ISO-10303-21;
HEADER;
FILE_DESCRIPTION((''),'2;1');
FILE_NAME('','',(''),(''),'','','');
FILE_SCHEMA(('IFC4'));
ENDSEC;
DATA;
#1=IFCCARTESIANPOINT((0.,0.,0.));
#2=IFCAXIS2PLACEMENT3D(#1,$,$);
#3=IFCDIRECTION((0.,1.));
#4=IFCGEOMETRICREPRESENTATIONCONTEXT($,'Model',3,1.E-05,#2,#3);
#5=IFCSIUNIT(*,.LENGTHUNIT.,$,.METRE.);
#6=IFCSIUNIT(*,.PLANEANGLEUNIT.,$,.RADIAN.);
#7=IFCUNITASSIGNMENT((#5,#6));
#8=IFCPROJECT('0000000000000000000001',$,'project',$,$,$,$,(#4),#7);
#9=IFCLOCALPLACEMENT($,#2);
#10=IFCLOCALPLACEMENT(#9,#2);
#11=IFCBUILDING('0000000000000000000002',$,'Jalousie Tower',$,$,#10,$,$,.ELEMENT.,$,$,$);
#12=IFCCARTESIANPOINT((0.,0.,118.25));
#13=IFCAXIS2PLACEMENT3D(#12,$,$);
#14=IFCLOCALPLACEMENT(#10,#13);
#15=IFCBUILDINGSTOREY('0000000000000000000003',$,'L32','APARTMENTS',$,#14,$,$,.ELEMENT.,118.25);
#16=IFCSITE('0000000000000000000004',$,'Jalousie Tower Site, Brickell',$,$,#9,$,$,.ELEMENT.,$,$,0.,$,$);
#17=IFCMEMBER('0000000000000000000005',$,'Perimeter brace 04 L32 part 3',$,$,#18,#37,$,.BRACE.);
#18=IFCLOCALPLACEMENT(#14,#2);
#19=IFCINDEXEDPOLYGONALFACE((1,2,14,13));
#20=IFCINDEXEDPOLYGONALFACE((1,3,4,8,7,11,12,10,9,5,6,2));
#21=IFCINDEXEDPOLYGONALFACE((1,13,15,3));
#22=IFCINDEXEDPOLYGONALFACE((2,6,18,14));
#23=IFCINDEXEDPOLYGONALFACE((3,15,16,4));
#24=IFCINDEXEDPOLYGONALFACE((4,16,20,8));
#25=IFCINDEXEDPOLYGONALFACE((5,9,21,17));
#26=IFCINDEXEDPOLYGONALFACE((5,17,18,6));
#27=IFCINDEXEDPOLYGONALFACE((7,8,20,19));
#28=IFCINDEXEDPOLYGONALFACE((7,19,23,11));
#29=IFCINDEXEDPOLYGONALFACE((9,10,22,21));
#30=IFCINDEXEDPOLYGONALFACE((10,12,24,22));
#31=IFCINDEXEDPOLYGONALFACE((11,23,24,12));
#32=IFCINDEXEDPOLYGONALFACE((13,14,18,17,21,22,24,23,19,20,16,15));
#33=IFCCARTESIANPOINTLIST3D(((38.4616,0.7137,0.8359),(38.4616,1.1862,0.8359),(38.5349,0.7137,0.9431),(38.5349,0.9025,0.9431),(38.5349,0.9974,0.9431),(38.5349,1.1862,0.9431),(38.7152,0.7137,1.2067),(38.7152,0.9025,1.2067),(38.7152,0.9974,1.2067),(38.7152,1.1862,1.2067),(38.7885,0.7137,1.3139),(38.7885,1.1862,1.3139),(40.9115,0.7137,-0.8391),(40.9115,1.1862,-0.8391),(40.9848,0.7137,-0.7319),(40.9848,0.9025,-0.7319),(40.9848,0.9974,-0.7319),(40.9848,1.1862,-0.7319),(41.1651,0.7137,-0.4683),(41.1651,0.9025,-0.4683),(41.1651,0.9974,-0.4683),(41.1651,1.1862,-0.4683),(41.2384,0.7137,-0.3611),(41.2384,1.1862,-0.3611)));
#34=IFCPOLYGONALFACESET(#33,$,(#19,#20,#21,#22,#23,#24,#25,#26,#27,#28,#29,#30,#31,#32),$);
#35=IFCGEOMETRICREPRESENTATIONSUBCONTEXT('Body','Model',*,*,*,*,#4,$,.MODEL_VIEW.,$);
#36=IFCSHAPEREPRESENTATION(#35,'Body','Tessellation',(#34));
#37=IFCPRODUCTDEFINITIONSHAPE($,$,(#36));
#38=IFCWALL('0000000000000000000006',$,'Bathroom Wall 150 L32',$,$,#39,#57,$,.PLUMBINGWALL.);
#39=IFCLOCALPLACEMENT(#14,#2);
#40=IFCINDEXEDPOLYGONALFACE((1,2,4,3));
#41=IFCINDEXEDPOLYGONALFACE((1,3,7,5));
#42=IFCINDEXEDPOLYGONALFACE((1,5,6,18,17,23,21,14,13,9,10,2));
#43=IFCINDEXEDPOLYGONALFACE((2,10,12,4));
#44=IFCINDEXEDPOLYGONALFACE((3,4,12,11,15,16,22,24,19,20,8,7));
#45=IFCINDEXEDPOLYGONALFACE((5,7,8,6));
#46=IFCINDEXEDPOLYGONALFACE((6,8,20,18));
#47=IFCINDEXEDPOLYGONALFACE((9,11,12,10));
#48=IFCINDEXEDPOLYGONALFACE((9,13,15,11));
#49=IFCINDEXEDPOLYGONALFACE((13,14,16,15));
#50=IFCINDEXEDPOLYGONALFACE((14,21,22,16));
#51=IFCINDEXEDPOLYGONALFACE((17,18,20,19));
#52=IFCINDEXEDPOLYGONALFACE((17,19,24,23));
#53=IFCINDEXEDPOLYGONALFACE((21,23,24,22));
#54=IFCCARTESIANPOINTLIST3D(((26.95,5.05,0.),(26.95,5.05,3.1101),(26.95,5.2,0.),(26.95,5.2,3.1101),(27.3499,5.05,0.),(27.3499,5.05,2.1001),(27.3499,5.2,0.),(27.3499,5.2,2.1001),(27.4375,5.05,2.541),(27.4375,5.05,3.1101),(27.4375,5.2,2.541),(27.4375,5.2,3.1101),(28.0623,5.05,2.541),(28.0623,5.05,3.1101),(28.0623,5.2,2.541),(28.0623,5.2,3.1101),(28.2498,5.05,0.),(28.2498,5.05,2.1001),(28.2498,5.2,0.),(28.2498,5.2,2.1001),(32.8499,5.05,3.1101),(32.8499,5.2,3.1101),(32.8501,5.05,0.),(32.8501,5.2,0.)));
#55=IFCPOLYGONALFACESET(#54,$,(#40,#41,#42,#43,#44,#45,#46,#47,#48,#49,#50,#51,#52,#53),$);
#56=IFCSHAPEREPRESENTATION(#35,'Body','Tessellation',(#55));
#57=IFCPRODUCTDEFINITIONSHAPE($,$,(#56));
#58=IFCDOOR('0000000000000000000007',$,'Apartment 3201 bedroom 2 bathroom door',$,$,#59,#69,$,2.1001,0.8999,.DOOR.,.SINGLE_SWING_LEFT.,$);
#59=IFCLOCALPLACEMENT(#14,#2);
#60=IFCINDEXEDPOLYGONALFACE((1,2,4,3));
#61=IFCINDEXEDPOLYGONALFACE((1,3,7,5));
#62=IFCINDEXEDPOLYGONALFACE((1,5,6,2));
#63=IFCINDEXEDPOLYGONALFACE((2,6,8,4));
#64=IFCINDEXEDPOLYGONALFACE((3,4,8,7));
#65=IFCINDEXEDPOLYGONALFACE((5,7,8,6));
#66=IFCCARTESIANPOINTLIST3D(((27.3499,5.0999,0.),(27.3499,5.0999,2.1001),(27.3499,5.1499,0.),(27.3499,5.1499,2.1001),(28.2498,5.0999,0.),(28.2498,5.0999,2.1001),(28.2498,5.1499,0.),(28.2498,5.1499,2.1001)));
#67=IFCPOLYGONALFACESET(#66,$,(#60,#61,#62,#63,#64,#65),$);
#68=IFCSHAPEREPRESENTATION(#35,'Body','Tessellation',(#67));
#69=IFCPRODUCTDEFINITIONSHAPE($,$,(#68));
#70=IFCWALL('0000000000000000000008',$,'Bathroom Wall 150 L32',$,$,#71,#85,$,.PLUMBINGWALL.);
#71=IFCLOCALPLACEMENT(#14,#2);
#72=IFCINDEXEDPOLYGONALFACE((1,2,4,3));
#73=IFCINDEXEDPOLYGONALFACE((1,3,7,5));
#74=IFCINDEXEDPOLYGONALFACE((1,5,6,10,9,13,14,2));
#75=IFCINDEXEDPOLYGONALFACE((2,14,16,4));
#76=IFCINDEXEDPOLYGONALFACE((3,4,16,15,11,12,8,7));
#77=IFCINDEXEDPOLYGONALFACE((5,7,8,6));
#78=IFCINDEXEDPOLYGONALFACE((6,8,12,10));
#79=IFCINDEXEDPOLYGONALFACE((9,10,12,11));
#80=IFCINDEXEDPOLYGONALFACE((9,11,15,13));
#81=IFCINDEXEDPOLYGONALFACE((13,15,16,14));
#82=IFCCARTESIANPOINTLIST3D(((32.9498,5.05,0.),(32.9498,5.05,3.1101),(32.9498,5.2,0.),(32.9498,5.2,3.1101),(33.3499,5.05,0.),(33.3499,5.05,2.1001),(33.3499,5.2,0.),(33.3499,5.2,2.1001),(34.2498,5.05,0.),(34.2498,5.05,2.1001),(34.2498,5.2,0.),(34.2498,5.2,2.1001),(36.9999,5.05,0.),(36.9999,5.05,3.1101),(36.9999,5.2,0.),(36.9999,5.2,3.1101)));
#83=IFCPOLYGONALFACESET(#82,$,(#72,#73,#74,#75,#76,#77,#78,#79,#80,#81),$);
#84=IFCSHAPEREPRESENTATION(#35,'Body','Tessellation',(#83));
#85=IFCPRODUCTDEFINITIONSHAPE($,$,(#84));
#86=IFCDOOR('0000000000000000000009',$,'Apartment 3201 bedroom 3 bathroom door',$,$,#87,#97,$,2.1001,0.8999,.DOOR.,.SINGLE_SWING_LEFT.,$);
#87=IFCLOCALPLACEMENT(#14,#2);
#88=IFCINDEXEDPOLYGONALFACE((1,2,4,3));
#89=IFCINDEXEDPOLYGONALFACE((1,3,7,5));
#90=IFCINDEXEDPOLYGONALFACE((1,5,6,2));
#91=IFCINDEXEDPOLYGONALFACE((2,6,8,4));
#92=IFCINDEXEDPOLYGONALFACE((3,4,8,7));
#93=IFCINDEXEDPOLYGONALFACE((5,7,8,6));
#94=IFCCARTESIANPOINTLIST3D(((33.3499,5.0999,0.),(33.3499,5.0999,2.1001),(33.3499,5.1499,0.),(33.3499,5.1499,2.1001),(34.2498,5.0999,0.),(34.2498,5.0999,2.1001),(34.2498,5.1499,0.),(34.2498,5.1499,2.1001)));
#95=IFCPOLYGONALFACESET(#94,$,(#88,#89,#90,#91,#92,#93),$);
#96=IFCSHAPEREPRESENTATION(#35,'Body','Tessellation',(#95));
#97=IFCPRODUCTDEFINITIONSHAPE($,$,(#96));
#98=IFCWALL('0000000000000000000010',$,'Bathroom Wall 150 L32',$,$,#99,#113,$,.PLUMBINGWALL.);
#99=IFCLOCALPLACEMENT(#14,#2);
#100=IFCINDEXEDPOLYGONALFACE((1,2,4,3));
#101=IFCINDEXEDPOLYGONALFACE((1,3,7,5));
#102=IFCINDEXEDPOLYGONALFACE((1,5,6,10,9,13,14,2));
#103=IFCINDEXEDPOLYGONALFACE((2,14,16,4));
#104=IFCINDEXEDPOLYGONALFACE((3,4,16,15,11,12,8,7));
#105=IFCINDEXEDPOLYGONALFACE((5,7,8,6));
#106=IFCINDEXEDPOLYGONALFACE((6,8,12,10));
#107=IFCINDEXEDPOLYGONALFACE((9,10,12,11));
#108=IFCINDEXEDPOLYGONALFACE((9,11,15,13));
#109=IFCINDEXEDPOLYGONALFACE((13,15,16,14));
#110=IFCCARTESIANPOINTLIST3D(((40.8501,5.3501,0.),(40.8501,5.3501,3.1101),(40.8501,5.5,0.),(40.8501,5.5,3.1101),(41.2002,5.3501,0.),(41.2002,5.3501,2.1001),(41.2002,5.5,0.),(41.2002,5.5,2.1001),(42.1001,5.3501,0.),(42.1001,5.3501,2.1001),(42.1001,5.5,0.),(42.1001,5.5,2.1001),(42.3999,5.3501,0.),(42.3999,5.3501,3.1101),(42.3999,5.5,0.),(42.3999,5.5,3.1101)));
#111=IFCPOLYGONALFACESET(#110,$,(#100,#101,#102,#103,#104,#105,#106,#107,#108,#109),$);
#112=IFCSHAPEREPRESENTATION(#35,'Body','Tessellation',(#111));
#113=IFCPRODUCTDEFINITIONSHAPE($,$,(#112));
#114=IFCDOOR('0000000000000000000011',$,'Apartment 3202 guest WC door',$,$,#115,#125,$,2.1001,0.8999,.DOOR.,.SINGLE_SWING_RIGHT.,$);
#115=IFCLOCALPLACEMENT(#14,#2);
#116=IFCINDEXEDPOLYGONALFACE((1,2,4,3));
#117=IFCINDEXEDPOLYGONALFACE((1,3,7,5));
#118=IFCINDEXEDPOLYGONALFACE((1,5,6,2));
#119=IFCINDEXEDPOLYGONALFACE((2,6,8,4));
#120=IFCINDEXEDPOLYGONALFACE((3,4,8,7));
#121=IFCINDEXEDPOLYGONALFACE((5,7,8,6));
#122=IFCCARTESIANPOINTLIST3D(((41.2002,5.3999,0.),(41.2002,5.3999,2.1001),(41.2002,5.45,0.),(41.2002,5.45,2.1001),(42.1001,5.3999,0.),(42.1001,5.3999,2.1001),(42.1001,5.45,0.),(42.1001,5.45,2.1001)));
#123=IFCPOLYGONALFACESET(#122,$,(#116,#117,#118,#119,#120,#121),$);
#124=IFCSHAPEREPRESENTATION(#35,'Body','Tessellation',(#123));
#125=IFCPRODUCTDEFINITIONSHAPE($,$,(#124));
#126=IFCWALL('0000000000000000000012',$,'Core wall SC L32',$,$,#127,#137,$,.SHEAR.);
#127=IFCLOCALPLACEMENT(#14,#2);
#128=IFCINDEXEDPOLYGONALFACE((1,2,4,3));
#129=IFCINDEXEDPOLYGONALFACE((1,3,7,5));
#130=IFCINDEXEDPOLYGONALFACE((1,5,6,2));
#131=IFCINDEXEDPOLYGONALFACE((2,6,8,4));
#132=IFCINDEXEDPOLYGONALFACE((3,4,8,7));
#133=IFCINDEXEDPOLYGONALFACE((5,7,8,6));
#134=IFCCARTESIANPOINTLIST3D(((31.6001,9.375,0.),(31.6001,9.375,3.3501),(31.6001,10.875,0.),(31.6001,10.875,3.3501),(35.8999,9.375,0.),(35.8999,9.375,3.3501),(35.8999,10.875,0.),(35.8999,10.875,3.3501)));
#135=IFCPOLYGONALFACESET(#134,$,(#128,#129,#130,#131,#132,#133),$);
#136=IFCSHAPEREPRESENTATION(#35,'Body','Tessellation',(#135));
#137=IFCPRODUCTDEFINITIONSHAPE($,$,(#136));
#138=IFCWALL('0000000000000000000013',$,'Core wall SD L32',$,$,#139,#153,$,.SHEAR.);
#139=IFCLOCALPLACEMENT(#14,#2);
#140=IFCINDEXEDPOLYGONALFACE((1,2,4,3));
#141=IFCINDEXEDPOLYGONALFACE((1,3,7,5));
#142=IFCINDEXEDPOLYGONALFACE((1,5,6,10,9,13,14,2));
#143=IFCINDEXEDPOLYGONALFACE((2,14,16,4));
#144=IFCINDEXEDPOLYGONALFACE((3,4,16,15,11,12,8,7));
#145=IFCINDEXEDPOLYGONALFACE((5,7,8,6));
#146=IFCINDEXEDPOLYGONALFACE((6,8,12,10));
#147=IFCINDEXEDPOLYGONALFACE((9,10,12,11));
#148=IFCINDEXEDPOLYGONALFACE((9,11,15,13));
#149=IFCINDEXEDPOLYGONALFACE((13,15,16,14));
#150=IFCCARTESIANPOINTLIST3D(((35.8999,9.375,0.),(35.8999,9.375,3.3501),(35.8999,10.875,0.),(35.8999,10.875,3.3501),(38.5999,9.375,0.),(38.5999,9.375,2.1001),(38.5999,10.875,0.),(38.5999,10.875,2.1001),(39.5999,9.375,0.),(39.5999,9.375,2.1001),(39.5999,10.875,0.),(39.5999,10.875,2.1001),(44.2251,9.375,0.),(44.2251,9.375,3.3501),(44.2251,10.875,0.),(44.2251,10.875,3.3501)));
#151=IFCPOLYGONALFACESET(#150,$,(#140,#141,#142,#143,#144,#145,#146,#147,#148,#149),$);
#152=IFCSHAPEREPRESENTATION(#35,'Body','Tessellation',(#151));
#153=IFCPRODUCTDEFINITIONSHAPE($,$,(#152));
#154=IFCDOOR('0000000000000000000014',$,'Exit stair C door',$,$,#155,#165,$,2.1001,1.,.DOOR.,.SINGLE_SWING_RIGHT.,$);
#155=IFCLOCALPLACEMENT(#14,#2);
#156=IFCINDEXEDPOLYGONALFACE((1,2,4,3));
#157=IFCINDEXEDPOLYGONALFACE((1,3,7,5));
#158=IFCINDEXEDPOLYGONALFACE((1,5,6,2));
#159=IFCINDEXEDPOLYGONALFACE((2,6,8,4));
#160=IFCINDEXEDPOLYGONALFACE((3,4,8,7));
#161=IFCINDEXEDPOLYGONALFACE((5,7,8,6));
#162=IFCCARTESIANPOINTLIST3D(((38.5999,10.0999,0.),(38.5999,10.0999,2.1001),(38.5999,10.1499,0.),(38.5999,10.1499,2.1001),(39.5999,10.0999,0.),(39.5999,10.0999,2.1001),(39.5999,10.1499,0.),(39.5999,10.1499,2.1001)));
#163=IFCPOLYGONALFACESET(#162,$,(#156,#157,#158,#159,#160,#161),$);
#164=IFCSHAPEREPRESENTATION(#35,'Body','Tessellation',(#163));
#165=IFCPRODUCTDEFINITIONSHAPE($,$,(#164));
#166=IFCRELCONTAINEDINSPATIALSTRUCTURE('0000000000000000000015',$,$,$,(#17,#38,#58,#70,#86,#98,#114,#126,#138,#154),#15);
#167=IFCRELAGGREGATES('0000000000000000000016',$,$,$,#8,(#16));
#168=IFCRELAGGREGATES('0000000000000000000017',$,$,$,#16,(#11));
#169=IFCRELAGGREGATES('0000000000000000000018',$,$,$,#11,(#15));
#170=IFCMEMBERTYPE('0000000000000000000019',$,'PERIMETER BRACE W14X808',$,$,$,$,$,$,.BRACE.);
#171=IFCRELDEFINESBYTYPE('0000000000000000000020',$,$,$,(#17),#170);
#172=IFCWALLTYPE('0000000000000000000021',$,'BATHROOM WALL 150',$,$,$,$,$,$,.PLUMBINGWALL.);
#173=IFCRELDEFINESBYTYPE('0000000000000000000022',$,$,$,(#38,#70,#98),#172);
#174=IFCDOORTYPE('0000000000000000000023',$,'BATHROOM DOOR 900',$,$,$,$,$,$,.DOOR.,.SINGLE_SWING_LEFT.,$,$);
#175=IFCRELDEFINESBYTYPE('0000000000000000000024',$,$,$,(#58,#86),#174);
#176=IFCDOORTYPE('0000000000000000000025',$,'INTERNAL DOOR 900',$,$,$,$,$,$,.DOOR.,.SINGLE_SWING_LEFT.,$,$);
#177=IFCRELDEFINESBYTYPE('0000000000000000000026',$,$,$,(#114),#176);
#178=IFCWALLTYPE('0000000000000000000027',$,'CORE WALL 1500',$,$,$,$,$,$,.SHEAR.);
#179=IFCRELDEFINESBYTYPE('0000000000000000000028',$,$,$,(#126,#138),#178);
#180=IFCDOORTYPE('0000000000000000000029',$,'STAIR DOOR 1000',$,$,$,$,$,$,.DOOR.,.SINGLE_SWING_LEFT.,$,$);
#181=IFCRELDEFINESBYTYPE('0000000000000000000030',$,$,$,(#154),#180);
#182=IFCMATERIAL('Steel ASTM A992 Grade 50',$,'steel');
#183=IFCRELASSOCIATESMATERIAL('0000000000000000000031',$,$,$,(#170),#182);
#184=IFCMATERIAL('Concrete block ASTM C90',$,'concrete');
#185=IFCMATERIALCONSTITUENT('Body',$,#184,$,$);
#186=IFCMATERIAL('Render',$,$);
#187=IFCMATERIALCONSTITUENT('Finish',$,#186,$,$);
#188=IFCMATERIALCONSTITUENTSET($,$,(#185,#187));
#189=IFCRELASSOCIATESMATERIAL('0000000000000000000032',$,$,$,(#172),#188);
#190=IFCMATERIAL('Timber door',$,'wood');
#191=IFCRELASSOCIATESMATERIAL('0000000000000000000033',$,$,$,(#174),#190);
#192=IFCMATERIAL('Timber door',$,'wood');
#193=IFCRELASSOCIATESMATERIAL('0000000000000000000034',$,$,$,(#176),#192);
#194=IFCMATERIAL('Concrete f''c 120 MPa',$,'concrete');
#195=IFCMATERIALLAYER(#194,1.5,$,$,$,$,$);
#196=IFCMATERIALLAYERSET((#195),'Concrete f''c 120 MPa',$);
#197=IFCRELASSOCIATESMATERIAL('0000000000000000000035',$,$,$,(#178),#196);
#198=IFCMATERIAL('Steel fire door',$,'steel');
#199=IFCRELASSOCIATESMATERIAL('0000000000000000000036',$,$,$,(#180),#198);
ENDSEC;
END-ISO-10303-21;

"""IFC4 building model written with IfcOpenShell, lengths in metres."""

from ifc_helpers import new_model, si_unit, direction, frame, frame_2d, origin, origin_2d, place, context, subcontext, project, spatial, polyline, rectangle, i_section, outline, extrude, material, layer, layer_set, constituent, constituent_set, material_profile, profile_set, type_object, element, fill, save


model = new_model("IFC4")

# Units and contexts
model_context = context("Model", 3, precision=1e-05, world=origin(), true_north=direction((0.0, 1.0)))
body_context = subcontext(model_context, "Body", "Model", "MODEL_VIEW")
ifc_project = project(units=[si_unit("LENGTHUNIT", "METRE"), si_unit("PLANEANGLEUNIT", "RADIAN")], contexts=[model_context])

# Site, building, storey
site_placement = place(None, origin())
site = spatial("IfcSite", under=ifc_project, at=site_placement, Name="Jalousie Tower Site, Brickell", CompositionType="ELEMENT", RefElevation=0.0)
building_placement = place(site_placement, origin())
building = spatial("IfcBuilding", under=site, at=building_placement, Name="Jalousie Tower", CompositionType="ELEMENT")
storey_placement = place(building_placement, frame((0.0, 0.0, 118.25)))
storey = spatial("IfcBuildingStorey", under=building, at=storey_placement, Name="L32", Description="APARTMENTS", CompositionType="ELEMENT", Elevation=118.25)

# Member
ifc_material_1 = material(Name="Steel ASTM A992 Grade 50", Category="steel")
ifc_material_profile = material_profile(ifc_material_1, i_section(OverallWidth=0.4724, OverallDepth=0.5791, WebThickness=0.095, FlangeThickness=0.1299, at=origin_2d()), Name="W14X808")
ifc_profile_set = profile_set([ifc_material_profile], Name="Steel ASTM A992 Grade 50")
member_type = type_object("IfcMemberType", Name="PERIMETER BRACE W14X808", PredefinedType="BRACE", material=ifc_profile_set)
member_placement = place(storey_placement, frame((41.075, 0.95, -0.6001), z_axis=(-0.825501, 0.0, 0.564401), x_axis=(0.0, -1.0, 0.0)))
element("IfcMember", 1, at=member_placement, inside=storey, type_object=member_type, Name="Perimeter brace 04 L32 part 3", PredefinedType="BRACE", context=body_context, shape_type="SweptSolid", body=[
    extrude(i_section(OverallWidth=0.4724, OverallDepth=0.5791, WebThickness=0.095, FlangeThickness=0.1299, at=origin_2d()), origin(), (0.0, 0.0, 1.0), 2.9678),
])

# Walls, openings, doors
ifc_material_2 = material(Name="Concrete block ASTM C90", Category="concrete")
ifc_constituent_1 = constituent(ifc_material_2, Name="Body")
ifc_material_3 = material(Name="Render")
ifc_constituent_2 = constituent(ifc_material_3, Name="Finish")
ifc_constituent_set_1 = constituent_set(constituents=[ifc_constituent_1, ifc_constituent_2])
wall_type_1 = type_object("IfcWallType", Name="BATHROOM WALL 150", PredefinedType="PLUMBINGWALL", material=ifc_constituent_set_1)
wall_1_placement = place(storey_placement, frame((26.95, 5.125, 0.0), z_axis=(0.0, 0.0, 1.0), x_axis=(1.0, 0.0, 0.0)))
wall_1 = element("IfcWall", 2, at=wall_1_placement, inside=storey, type_object=wall_type_1, Name="Bathroom Wall 150 L32", PredefinedType="PLUMBINGWALL", context=body_context, shape_type="SweptSolid", body=[
    extrude(outline(polyline([(0.0, 0.0), (5.9001, 0.0), (5.8999, 3.1101), (1.1123, 3.1101), (1.1123, 2.541), (0.4875, 2.541), (0.4875, 3.1101), (0.0, 3.1101), (0.0, 0.0)])), frame((0.0, 0.075, 0.0), z_axis=(0.0, -1.0, 0.0), x_axis=(1.0, 0.0, 0.0)), (0.0, 0.0, 1.0), 0.1499),
])
opening_1_placement = place(wall_1_placement, frame((0.3999, 0.0, 0.0)))
opening_1 = element("IfcOpeningElement", 3, at=opening_1_placement, cuts=wall_1, PredefinedType="OPENING", context=body_context, shape_type="SweptSolid", body=[
    extrude(rectangle(XDim=0.8999, YDim=2.1001, at=frame_2d((0.45, 1.05))), frame((0.0, 0.085, 0.0), z_axis=(0.0, -1.0, 0.0), x_axis=(1.0, 0.0, 0.0)), (0.0, 0.0, 1.0), 0.1699),
])
ifc_material_4 = material(Name="Timber door", Category="wood")
door_type_1 = type_object("IfcDoorType", Name="BATHROOM DOOR 900", OperationType="SINGLE_SWING_LEFT", PredefinedType="DOOR", material=ifc_material_4)
door_1_placement = place(opening_1_placement, origin())
door_1 = element("IfcDoor", 4, at=door_1_placement, inside=storey, type_object=door_type_1, Name="Apartment 3201 bedroom 2 bathroom door", OperationType="SINGLE_SWING_LEFT", OverallHeight=2.1001, OverallWidth=0.8999, PredefinedType="DOOR", context=body_context, shape_type="SweptSolid", body=[
    extrude(rectangle(XDim=0.8999, YDim=2.1001, at=frame_2d((0.45, 1.05))), frame((0.0, 0.0249, 0.0), z_axis=(0.0, -1.0, 0.0), x_axis=(1.0, 0.0, 0.0)), (0.0, 0.0, 1.0), 0.05),
])
fill(opening_1, door_1)
wall_2_placement = place(storey_placement, frame((32.95, 5.125, 0.0), z_axis=(0.0, 0.0, 1.0), x_axis=(1.0, 0.0, 0.0)))
wall_2 = element("IfcWall", 5, at=wall_2_placement, inside=storey, type_object=wall_type_1, Name="Bathroom Wall 150 L32", PredefinedType="PLUMBINGWALL", context=body_context, shape_type="SweptSolid", body=[
    extrude(rectangle(XDim=4.05, YDim=0.1499, at=frame_2d((2.0249, 0.0))), origin(), (0.0, 0.0, 1.0), 3.1101),
])
opening_2_placement = place(wall_2_placement, frame((0.3999, 0.0, 0.0)))
opening_2 = element("IfcOpeningElement", 6, at=opening_2_placement, cuts=wall_2, PredefinedType="OPENING", context=body_context, shape_type="SweptSolid", body=[
    extrude(rectangle(XDim=0.8999, YDim=2.1001, at=frame_2d((0.45, 1.05))), frame((0.0, 0.085, 0.0), z_axis=(0.0, -1.0, 0.0), x_axis=(1.0, 0.0, 0.0)), (0.0, 0.0, 1.0), 0.1699),
])
door_2_placement = place(opening_2_placement, origin())
door_2 = element("IfcDoor", 7, at=door_2_placement, inside=storey, type_object=door_type_1, Name="Apartment 3201 bedroom 3 bathroom door", OperationType="SINGLE_SWING_LEFT", OverallHeight=2.1001, OverallWidth=0.8999, PredefinedType="DOOR", context=body_context, shape_type="SweptSolid", body=[
    extrude(rectangle(XDim=0.8999, YDim=2.1001, at=frame_2d((0.45, 1.05))), frame((0.0, 0.0249, 0.0), z_axis=(0.0, -1.0, 0.0), x_axis=(1.0, 0.0, 0.0)), (0.0, 0.0, 1.0), 0.05),
])
fill(opening_2, door_2)
wall_3_placement = place(storey_placement, frame((40.8501, 5.425, 0.0), z_axis=(0.0, 0.0, 1.0), x_axis=(1.0, 0.0, 0.0)))
wall_3 = element("IfcWall", 8, at=wall_3_placement, inside=storey, type_object=wall_type_1, Name="Bathroom Wall 150 L32", PredefinedType="PLUMBINGWALL", context=body_context, shape_type="SweptSolid", body=[
    extrude(rectangle(XDim=1.5498, YDim=0.1499, at=frame_2d((0.7749, 0.0))), origin(), (0.0, 0.0, 1.0), 3.1101),
])
opening_3_placement = place(wall_3_placement, frame((0.3501, 0.0, 0.0)))
opening_3 = element("IfcOpeningElement", 9, at=opening_3_placement, cuts=wall_3, PredefinedType="OPENING", context=body_context, shape_type="SweptSolid", body=[
    extrude(rectangle(XDim=0.8999, YDim=2.1001, at=frame_2d((0.45, 1.05))), frame((0.0, 0.085, 0.0), z_axis=(0.0, -1.0, 0.0), x_axis=(1.0, 0.0, 0.0)), (0.0, 0.0, 1.0), 0.1699),
])
ifc_material_5 = material(Name="Timber door", Category="wood")
door_type_2 = type_object("IfcDoorType", Name="INTERNAL DOOR 900", OperationType="SINGLE_SWING_LEFT", PredefinedType="DOOR", material=ifc_material_5)
door_3_placement = place(opening_3_placement, origin())
door_3 = element("IfcDoor", 10, at=door_3_placement, inside=storey, type_object=door_type_2, Name="Apartment 3202 guest WC door", OperationType="SINGLE_SWING_RIGHT", OverallHeight=2.1001, OverallWidth=0.8999, PredefinedType="DOOR", context=body_context, shape_type="SweptSolid", body=[
    extrude(rectangle(XDim=0.8999, YDim=2.1001, at=frame_2d((0.45, 1.05))), frame((0.0, 0.0249, 0.0), z_axis=(0.0, -1.0, 0.0), x_axis=(1.0, 0.0, 0.0)), (0.0, 0.0, 1.0), 0.05),
])
fill(opening_3, door_3)

# Wall
ifc_material_6 = material(Name="Concrete f'c 120 MPa", Category="concrete")
ifc_layer_1 = layer(ifc_material_6, 1.5)
ifc_layer_set_1 = layer_set([ifc_layer_1], Name="Concrete f'c 120 MPa")
wall_type_2 = type_object("IfcWallType", Name="CORE WALL 1500", PredefinedType="SHEAR", material=ifc_layer_set_1)
wall_4_placement = place(storey_placement, frame((31.6001, 10.125, 0.0), z_axis=(0.0, 0.0, 1.0), x_axis=(1.0, 0.0, 0.0)))
element("IfcWall", 11, at=wall_4_placement, inside=storey, type_object=wall_type_2, Name="Core wall SC L32", PredefinedType="SHEAR", context=body_context, shape_type="SweptSolid", body=[
    extrude(rectangle(XDim=4.2998, YDim=1.5, at=frame_2d((2.1499, 0.0))), origin(), (0.0, 0.0, 1.0), 3.3501),
])

# Wall, opening, door
wall_5_placement = place(storey_placement, frame((35.8999, 10.125, 0.0), z_axis=(0.0, 0.0, 1.0), x_axis=(1.0, 0.0, 0.0)))
wall_5 = element("IfcWall", 12, at=wall_5_placement, inside=storey, type_object=wall_type_2, Name="Core wall SD L32", PredefinedType="SHEAR", context=body_context, shape_type="SweptSolid", body=[
    extrude(rectangle(XDim=8.3252, YDim=1.5, at=frame_2d((4.1626, 0.0))), origin(), (0.0, 0.0, 1.0), 3.3501),
])
opening_4_placement = place(wall_5_placement, frame((2.7, 0.0, 0.0)))
opening_4 = element("IfcOpeningElement", 13, at=opening_4_placement, cuts=wall_5, PredefinedType="OPENING", context=body_context, shape_type="SweptSolid", body=[
    extrude(rectangle(XDim=1.0, YDim=2.1001, at=frame_2d((0.5, 1.05))), frame((0.0, 0.76, 0.0), z_axis=(0.0, -1.0, 0.0), x_axis=(1.0, 0.0, 0.0)), (0.0, 0.0, 1.0), 1.52),
])
ifc_material_7 = material(Name="Steel fire door", Category="steel")
door_type_3 = type_object("IfcDoorType", Name="STAIR DOOR 1000", OperationType="SINGLE_SWING_LEFT", PredefinedType="DOOR", material=ifc_material_7)
door_4_placement = place(opening_4_placement, origin())
door_4 = element("IfcDoor", 14, at=door_4_placement, inside=storey, type_object=door_type_3, Name="Exit stair C door", OperationType="SINGLE_SWING_RIGHT", OverallHeight=2.1001, OverallWidth=1.0, PredefinedType="DOOR", context=body_context, shape_type="SweptSolid", body=[
    extrude(rectangle(XDim=1.0, YDim=2.1001, at=frame_2d((0.5, 1.05))), frame((0.0, 0.0249, 0.0), z_axis=(0.0, -1.0, 0.0), x_axis=(1.0, 0.0, 0.0)), (0.0, 0.0, 1.0), 0.05),
])
fill(opening_4, door_4)

save(model, "model.ifc")
